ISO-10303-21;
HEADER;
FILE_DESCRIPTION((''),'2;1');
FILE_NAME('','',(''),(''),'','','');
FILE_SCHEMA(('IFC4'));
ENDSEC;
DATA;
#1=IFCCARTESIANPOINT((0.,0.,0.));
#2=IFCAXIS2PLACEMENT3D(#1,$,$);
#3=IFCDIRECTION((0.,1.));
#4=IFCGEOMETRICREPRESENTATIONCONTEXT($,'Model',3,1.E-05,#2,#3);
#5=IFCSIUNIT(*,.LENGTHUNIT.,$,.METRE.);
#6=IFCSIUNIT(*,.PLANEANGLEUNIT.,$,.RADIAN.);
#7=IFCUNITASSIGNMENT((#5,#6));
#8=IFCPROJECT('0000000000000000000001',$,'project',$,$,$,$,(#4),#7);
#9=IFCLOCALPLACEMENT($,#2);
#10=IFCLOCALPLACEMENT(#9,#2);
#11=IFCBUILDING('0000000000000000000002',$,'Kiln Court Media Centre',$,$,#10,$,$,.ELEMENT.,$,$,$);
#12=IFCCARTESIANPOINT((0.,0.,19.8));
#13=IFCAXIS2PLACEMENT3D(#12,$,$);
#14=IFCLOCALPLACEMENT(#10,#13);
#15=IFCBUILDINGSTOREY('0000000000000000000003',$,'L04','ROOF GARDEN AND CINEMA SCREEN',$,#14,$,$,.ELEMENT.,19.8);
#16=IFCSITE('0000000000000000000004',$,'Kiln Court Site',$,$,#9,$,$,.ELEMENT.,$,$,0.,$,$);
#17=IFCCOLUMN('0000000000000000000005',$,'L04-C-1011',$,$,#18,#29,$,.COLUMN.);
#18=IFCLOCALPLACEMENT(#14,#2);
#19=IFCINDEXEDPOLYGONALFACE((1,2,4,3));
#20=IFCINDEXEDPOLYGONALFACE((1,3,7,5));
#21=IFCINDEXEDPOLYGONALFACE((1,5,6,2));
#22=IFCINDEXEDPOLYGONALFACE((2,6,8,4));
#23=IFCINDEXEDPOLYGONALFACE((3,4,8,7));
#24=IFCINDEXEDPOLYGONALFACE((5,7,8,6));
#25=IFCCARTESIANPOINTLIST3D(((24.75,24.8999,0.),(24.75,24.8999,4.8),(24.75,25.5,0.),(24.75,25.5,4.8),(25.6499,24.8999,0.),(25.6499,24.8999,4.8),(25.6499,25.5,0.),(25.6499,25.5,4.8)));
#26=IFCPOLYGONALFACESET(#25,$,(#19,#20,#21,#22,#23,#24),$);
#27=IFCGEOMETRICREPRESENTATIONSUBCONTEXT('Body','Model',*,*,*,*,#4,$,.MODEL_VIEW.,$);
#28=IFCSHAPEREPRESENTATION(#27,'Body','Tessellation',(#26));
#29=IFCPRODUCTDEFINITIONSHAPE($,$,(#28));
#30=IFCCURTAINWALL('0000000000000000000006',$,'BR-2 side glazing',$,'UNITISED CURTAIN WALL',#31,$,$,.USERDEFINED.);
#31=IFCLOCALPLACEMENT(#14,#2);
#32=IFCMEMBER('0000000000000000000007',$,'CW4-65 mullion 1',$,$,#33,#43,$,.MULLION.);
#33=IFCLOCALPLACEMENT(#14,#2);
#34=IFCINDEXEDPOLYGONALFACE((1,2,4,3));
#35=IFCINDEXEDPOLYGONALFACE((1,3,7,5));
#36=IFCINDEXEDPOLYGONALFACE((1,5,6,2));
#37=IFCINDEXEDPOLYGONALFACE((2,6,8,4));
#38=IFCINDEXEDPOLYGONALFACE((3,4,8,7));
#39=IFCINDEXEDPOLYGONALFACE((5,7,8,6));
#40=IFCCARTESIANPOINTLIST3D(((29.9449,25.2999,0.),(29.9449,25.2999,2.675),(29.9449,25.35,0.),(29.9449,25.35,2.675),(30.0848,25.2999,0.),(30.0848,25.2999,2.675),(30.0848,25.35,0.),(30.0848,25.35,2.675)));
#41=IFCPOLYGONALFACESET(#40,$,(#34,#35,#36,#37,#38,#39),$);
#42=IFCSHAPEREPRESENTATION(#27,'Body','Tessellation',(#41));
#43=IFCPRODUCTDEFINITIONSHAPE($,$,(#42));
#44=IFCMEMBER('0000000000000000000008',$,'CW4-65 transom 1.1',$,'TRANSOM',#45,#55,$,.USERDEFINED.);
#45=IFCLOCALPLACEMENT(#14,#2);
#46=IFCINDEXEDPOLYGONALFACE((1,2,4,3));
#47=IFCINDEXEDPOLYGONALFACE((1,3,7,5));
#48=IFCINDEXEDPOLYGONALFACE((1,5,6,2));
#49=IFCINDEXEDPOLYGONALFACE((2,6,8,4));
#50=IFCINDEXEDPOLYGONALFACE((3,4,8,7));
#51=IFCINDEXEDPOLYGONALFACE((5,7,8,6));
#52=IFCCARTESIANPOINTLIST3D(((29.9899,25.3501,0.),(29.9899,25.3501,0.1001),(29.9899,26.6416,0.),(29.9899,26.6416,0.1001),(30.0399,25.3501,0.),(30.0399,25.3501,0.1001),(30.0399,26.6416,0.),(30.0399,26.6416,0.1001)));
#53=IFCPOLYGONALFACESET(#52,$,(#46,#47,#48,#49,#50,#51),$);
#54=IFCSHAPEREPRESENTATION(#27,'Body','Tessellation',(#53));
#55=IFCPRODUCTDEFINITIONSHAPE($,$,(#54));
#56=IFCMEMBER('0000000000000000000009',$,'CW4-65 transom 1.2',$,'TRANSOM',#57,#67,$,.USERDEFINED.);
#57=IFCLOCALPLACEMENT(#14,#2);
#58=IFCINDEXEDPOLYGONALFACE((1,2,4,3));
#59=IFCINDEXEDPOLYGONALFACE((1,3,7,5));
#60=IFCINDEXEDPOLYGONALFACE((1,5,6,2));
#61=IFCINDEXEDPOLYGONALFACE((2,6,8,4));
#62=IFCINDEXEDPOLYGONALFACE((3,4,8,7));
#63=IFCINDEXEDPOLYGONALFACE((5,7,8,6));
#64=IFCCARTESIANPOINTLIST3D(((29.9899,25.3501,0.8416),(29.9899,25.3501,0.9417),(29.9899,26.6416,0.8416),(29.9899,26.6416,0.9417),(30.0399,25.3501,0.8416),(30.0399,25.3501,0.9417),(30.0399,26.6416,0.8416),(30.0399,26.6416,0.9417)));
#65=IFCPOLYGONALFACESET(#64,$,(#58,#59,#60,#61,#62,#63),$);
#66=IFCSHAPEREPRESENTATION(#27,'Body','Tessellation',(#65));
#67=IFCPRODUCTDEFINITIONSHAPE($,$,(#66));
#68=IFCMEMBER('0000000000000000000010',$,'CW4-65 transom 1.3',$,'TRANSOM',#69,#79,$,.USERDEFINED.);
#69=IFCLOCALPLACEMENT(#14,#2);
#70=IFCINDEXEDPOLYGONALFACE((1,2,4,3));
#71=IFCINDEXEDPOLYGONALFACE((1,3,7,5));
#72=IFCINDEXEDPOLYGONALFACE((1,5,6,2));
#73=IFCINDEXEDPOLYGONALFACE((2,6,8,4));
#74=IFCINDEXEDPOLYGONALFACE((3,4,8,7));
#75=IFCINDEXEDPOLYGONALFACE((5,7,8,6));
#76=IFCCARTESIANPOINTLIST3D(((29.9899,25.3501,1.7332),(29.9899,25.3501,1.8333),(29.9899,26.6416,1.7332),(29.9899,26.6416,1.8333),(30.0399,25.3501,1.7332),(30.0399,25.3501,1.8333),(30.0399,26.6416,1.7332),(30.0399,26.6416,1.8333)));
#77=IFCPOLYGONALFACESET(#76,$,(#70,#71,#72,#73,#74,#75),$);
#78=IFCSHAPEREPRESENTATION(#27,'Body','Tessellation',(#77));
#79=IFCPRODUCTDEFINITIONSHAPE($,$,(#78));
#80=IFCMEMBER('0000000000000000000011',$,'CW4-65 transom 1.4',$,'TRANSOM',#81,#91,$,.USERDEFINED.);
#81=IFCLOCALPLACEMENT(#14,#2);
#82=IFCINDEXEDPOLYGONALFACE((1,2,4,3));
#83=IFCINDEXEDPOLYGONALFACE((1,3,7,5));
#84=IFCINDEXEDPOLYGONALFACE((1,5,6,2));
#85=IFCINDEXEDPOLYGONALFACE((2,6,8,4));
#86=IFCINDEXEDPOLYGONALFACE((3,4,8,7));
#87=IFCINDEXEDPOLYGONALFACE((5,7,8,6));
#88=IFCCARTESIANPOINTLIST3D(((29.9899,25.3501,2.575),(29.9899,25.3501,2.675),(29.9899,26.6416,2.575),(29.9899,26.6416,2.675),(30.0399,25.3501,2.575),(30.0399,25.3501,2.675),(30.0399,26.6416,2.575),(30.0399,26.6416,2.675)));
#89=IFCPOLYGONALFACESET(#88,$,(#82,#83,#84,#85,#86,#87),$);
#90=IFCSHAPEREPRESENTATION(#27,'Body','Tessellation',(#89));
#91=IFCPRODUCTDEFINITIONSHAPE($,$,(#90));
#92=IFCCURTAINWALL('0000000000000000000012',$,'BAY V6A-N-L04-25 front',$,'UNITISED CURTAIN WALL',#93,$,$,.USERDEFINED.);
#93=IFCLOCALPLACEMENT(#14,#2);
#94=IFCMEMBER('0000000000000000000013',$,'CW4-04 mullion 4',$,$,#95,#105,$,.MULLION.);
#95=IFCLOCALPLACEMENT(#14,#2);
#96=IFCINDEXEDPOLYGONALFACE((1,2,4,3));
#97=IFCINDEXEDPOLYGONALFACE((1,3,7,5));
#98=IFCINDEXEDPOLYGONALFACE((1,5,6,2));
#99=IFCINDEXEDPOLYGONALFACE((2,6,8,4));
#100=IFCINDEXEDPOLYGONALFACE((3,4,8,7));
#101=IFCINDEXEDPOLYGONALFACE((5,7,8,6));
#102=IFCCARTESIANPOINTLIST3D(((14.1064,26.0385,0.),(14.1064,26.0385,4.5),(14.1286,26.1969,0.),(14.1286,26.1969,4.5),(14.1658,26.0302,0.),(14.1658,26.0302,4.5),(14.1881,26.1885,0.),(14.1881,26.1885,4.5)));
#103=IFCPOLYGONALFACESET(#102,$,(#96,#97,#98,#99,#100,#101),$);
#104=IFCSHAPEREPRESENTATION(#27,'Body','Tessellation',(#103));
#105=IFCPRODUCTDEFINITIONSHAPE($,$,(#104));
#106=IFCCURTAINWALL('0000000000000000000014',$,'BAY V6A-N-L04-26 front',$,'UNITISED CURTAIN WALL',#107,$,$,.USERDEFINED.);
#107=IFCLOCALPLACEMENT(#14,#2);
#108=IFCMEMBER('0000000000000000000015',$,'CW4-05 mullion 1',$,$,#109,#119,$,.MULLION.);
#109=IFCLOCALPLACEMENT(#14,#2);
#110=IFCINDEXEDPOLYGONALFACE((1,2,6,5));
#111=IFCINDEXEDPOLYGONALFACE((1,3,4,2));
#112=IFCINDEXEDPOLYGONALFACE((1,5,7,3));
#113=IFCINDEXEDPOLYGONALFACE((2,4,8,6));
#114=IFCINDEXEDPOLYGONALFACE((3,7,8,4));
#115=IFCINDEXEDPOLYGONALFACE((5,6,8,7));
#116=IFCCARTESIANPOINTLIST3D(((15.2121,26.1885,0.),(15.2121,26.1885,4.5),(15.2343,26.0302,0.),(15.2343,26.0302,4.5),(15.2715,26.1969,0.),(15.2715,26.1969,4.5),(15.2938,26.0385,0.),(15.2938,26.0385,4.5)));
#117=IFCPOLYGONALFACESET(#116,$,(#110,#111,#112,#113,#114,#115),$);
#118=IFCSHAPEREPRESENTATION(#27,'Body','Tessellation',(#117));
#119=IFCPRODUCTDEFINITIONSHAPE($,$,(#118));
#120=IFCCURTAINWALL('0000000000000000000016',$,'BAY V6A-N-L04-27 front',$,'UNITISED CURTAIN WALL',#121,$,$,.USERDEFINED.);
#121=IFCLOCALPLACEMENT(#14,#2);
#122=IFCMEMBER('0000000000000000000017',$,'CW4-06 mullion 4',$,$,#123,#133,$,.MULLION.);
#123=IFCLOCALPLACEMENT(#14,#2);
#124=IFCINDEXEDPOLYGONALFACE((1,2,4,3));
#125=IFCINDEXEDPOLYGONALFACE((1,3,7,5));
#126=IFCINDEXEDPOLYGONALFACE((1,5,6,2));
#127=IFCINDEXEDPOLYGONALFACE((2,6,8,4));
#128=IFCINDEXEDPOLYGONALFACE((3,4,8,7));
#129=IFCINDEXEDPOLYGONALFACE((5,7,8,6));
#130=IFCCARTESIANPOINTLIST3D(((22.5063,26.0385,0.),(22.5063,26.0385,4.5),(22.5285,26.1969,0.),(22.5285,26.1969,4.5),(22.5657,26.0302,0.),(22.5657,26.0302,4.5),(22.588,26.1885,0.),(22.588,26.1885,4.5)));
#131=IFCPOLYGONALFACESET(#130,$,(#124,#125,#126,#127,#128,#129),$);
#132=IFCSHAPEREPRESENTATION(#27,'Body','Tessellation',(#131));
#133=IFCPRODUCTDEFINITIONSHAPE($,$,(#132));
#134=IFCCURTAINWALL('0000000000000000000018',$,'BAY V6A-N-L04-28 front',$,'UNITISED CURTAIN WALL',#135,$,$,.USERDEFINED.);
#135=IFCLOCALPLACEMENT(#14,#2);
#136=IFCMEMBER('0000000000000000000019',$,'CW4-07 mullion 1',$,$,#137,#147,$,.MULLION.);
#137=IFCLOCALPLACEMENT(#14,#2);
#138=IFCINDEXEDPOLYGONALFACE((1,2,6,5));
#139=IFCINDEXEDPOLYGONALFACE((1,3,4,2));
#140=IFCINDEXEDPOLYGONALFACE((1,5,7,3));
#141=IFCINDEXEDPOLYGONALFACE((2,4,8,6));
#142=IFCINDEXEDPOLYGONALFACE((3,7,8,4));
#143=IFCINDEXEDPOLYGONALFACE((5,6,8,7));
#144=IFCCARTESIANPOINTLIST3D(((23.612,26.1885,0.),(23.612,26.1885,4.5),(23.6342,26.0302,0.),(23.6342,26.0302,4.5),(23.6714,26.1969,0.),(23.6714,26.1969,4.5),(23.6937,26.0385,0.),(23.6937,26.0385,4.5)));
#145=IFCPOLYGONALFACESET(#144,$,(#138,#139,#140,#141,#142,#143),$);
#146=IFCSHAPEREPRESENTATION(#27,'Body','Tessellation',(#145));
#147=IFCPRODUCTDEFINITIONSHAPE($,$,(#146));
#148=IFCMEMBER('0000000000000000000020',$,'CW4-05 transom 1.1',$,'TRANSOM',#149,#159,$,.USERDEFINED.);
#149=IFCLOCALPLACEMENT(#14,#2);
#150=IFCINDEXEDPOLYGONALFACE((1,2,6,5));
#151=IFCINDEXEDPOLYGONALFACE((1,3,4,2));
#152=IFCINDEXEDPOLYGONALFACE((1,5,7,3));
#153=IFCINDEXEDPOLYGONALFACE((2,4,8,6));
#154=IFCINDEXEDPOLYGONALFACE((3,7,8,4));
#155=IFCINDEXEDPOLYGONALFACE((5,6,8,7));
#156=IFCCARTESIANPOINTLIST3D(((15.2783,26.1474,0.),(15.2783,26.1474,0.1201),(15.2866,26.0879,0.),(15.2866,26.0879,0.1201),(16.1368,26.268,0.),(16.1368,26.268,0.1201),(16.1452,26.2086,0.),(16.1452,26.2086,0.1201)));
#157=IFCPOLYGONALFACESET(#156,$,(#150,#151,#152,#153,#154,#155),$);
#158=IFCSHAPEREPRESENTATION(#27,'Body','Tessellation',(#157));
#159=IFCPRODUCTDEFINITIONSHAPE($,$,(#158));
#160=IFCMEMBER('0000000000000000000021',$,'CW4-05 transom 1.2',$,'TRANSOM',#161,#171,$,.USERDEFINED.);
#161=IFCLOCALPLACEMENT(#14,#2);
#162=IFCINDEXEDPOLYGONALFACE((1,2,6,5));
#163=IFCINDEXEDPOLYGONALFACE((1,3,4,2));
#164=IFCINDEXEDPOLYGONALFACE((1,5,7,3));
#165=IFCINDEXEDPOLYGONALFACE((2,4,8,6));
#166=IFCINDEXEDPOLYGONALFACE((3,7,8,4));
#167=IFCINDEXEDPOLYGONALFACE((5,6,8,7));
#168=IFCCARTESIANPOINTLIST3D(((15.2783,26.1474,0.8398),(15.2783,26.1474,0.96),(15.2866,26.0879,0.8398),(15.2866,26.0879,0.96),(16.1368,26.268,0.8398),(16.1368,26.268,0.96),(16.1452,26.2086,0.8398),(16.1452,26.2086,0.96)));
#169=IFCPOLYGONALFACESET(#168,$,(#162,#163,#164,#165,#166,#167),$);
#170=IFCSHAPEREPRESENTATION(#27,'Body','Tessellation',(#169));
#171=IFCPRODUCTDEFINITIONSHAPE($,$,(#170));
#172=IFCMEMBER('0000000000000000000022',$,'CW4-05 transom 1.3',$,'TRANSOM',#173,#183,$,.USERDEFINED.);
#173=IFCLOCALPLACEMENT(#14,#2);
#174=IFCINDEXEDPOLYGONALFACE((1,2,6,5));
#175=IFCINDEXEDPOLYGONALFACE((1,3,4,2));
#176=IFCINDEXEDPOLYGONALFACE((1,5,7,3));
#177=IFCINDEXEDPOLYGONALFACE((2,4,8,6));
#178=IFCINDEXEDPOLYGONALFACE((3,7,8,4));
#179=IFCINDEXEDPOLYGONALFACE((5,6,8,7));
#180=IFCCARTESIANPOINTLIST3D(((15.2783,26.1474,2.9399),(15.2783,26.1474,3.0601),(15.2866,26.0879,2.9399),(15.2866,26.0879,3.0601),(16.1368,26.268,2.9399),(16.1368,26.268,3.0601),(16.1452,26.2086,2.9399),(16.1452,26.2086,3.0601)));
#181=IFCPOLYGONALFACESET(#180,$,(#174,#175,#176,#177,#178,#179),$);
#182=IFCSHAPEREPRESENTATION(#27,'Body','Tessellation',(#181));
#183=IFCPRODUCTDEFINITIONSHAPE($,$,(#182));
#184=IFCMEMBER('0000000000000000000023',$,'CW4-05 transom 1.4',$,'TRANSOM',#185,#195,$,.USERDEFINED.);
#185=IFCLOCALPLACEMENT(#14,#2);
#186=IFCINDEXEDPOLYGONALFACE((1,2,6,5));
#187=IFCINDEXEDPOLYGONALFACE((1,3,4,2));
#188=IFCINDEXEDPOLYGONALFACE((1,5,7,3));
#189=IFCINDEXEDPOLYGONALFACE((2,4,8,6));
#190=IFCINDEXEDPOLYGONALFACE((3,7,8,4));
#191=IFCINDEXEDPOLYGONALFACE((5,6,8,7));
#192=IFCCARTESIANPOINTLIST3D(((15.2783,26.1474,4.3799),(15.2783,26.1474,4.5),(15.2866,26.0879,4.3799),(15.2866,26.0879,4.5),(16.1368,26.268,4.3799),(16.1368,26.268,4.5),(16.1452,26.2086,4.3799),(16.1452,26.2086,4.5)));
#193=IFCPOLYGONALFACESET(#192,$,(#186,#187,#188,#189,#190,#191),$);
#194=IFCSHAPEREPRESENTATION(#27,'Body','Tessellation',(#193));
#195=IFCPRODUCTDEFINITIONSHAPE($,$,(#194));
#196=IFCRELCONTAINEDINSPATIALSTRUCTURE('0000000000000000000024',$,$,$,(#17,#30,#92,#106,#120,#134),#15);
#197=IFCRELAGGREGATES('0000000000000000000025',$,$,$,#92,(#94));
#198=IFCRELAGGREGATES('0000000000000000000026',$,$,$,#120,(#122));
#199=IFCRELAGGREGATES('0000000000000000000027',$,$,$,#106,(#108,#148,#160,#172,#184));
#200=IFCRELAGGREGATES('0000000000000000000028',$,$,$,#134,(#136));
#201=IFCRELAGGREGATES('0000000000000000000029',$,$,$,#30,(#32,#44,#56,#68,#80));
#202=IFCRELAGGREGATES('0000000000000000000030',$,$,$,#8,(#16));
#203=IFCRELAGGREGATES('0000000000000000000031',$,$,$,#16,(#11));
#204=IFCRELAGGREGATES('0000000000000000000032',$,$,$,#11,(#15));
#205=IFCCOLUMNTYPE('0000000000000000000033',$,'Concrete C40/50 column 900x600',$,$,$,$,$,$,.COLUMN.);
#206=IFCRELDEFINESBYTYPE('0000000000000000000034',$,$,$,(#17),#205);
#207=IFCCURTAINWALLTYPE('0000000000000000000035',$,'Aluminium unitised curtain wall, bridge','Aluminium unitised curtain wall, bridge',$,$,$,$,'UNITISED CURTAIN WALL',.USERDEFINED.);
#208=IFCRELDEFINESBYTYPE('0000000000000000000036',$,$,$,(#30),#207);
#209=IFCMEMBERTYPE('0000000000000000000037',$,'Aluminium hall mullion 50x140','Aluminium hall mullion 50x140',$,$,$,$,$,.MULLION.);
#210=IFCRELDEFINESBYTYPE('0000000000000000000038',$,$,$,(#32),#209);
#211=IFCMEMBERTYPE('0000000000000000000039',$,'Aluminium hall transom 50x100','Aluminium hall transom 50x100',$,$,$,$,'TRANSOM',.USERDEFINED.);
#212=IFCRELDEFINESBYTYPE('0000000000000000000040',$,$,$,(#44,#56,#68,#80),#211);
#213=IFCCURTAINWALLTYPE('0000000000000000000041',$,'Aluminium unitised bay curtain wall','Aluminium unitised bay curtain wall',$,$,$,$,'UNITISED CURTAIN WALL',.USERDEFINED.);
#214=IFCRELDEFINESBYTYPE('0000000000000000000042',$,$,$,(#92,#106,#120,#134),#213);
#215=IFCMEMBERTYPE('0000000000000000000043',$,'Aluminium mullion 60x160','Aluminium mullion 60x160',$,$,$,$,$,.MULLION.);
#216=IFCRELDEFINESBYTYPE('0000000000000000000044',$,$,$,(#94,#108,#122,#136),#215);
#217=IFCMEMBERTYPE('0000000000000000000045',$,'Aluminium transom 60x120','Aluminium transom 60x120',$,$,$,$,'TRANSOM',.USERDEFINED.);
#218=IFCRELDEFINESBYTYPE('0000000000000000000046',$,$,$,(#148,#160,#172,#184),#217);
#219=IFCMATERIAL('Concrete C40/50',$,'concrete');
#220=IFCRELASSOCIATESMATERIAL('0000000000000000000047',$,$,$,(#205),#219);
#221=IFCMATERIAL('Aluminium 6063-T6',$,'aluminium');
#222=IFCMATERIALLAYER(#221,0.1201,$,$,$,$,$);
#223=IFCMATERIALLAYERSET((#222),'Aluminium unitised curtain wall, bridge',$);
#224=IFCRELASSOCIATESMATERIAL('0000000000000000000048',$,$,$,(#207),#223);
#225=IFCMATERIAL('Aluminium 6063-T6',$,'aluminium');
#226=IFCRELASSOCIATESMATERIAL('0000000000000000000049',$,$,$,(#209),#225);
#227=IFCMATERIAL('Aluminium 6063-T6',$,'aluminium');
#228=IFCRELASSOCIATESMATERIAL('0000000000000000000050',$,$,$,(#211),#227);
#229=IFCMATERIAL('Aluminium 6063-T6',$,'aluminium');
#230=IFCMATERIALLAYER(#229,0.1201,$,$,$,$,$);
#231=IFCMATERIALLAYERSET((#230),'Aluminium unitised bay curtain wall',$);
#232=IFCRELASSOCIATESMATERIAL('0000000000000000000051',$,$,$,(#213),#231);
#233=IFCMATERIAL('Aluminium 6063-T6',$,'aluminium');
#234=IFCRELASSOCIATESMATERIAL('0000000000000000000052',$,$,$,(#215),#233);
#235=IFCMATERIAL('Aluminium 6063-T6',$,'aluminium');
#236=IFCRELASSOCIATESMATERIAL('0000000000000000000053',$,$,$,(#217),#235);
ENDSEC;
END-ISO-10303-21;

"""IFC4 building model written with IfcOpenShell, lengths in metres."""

from ifc_helpers import new_model, si_unit, direction, frame, origin, origin_2d, place, context, subcontext, project, spatial, rectangle, extrude, material, layer, layer_set, material_profile, profile_set, type_object, element, aggregate, save


model = new_model("IFC4")

# Units and contexts
model_context = context("Model", 3, precision=1e-05, world=origin(), true_north=direction((0.0, 1.0)))
body_context = subcontext(model_context, "Body", "Model", "MODEL_VIEW")
ifc_project = project(units=[si_unit("LENGTHUNIT", "METRE"), si_unit("PLANEANGLEUNIT", "RADIAN")], contexts=[model_context])

# Site, building, storey
site_placement = place(None, origin())
site = spatial("IfcSite", under=ifc_project, at=site_placement, Name="Kiln Court Site", CompositionType="ELEMENT", RefElevation=0.0)
building_placement = place(site_placement, origin())
building = spatial("IfcBuilding", under=site, at=building_placement, Name="Kiln Court Media Centre", CompositionType="ELEMENT")
storey_placement = place(building_placement, frame((0.0, 0.0, 19.8)))
storey = spatial("IfcBuildingStorey", under=building, at=storey_placement, Name="L04", Description="ROOF GARDEN AND CINEMA SCREEN", CompositionType="ELEMENT", Elevation=19.8)

# Column
ifc_material_1 = material(Name="Concrete C40/50", Category="concrete")
ifc_material_profile_1 = material_profile(ifc_material_1, rectangle(XDim=0.8999, YDim=0.6001, at=origin_2d()), Name="RC 900x600")
ifc_profile_set_1 = profile_set([ifc_material_profile_1], Name="Concrete C40/50")
column_type = type_object("IfcColumnType", Name="Concrete C40/50 column 900x600", PredefinedType="COLUMN", material=ifc_profile_set_1)
column_placement = place(storey_placement, frame((25.2, 25.2, 0.0), z_axis=(0.0, 0.0, 1.0), x_axis=(1.0, 0.0, 0.0)))
element("IfcColumn", 1, at=column_placement, inside=storey, type_object=column_type, Name="L04-C-1011", PredefinedType="COLUMN", context=body_context, shape_type="SweptSolid", body=[
    extrude(rectangle(XDim=0.8999, YDim=0.6001, at=origin_2d()), origin(), (0.0, 0.0, 1.0), 4.8),
])

# Curtain wall, members
ifc_material_2 = material(Name="Aluminium 6063-T6", Category="aluminium")
ifc_layer_1 = layer(ifc_material_2, 0.1201)
ifc_layer_set_1 = layer_set([ifc_layer_1], Name="Aluminium unitised curtain wall, bridge")
curtain_wall_type_1 = type_object("IfcCurtainWallType", Name="Aluminium unitised curtain wall, bridge", Description="Aluminium unitised curtain wall, bridge", ElementType="UNITISED CURTAIN WALL", PredefinedType="USERDEFINED", material=ifc_layer_set_1)
curtain_wall_1_placement = place(storey_placement, origin())
curtain_wall_1 = element("IfcCurtainWall", 2, at=curtain_wall_1_placement, inside=storey, type_object=curtain_wall_type_1, Name="BR-2 side glazing", ObjectType="UNITISED CURTAIN WALL", PredefinedType="USERDEFINED")
ifc_material_3 = material(Name="Aluminium 6063-T6", Category="aluminium")
ifc_material_profile_2 = material_profile(ifc_material_3, rectangle(XDim=0.05, YDim=0.1399, at=origin_2d()), Name="Aluminium hall mullion 50x140")
ifc_profile_set_2 = profile_set([ifc_material_profile_2], Name="Aluminium 6063-T6")
member_type_1 = type_object("IfcMemberType", Name="Aluminium hall mullion 50x140", Description="Aluminium hall mullion 50x140", PredefinedType="MULLION", material=ifc_profile_set_2)
member_1_placement = place(storey_placement, frame((30.0149, 25.325, 0.0), z_axis=(0.0, 0.0, 1.0), x_axis=(0.0, 1.0, 0.0)))
member_1 = element("IfcMember", 3, at=member_1_placement, type_object=member_type_1, Name="CW4-65 mullion 1", PredefinedType="MULLION", context=body_context, shape_type="SweptSolid", body=[
    extrude(rectangle(XDim=0.05, YDim=0.1399, at=origin_2d()), origin(), (0.0, 0.0, 1.0), 2.675),
])
ifc_material_4 = material(Name="Aluminium 6063-T6", Category="aluminium")
ifc_material_profile_3 = material_profile(ifc_material_4, rectangle(XDim=0.05, YDim=0.1001, at=origin_2d()), Name="Aluminium hall transom 50x100")
ifc_profile_set_3 = profile_set([ifc_material_profile_3], Name="Aluminium 6063-T6")
member_type_2 = type_object("IfcMemberType", Name="Aluminium hall transom 50x100", Description="Aluminium hall transom 50x100", ElementType="TRANSOM", PredefinedType="USERDEFINED", material=ifc_profile_set_3)
member_2_placement = place(storey_placement, frame((30.0149, 25.3501, 0.05), z_axis=(0.0, 1.0, 0.0), x_axis=(-1.0, 0.0, 0.0)))
member_2 = element("IfcMember", 4, at=member_2_placement, type_object=member_type_2, Name="CW4-65 transom 1.1", ObjectType="TRANSOM", PredefinedType="USERDEFINED", context=body_context, shape_type="SweptSolid", body=[
    extrude(rectangle(XDim=0.05, YDim=0.1001, at=origin_2d()), origin(), (0.0, 0.0, 1.0), 1.2915),
])
member_3_placement = place(storey_placement, frame((30.0149, 25.3501, 0.8916), z_axis=(0.0, 1.0, 0.0), x_axis=(-1.0, 0.0, 0.0)))
member_3 = element("IfcMember", 5, at=member_3_placement, type_object=member_type_2, Name="CW4-65 transom 1.2", ObjectType="TRANSOM", PredefinedType="USERDEFINED", context=body_context, shape_type="SweptSolid", body=[
    extrude(rectangle(XDim=0.05, YDim=0.1001, at=origin_2d()), origin(), (0.0, 0.0, 1.0), 1.2915),
])
member_4_placement = place(storey_placement, frame((30.0149, 25.3501, 1.7832), z_axis=(0.0, 1.0, 0.0), x_axis=(-1.0, 0.0, 0.0)))
member_4 = element("IfcMember", 6, at=member_4_placement, type_object=member_type_2, Name="CW4-65 transom 1.3", ObjectType="TRANSOM", PredefinedType="USERDEFINED", context=body_context, shape_type="SweptSolid", body=[
    extrude(rectangle(XDim=0.05, YDim=0.1001, at=origin_2d()), origin(), (0.0, 0.0, 1.0), 1.2915),
])
member_5_placement = place(storey_placement, frame((30.0149, 25.3501, 2.625), z_axis=(0.0, 1.0, 0.0), x_axis=(-1.0, 0.0, 0.0)))
member_5 = element("IfcMember", 7, at=member_5_placement, type_object=member_type_2, Name="CW4-65 transom 1.4", ObjectType="TRANSOM", PredefinedType="USERDEFINED", context=body_context, shape_type="SweptSolid", body=[
    extrude(rectangle(XDim=0.05, YDim=0.1001, at=origin_2d()), origin(), (0.0, 0.0, 1.0), 1.2915),
])

# Curtain walls, members
ifc_material_5 = material(Name="Aluminium 6063-T6", Category="aluminium")
ifc_layer_2 = layer(ifc_material_5, 0.1201)
ifc_layer_set_2 = layer_set([ifc_layer_2], Name="Aluminium unitised bay curtain wall")
curtain_wall_type_2 = type_object("IfcCurtainWallType", Name="Aluminium unitised bay curtain wall", Description="Aluminium unitised bay curtain wall", ElementType="UNITISED CURTAIN WALL", PredefinedType="USERDEFINED", material=ifc_layer_set_2)
curtain_wall_2_placement = place(storey_placement, origin())
curtain_wall_2 = element("IfcCurtainWall", 8, at=curtain_wall_2_placement, inside=storey, type_object=curtain_wall_type_2, Name="BAY V6A-N-L04-25 front", ObjectType="UNITISED CURTAIN WALL", PredefinedType="USERDEFINED")
ifc_material_6 = material(Name="Aluminium 6063-T6", Category="aluminium")
ifc_material_profile_4 = material_profile(ifc_material_6, rectangle(XDim=0.0601, YDim=0.1599, at=origin_2d()), Name="Aluminium mullion 60x160")
ifc_profile_set_4 = profile_set([ifc_material_profile_4], Name="Aluminium 6063-T6")
member_type_3 = type_object("IfcMemberType", Name="Aluminium mullion 60x160", Description="Aluminium mullion 60x160", PredefinedType="MULLION", material=ifc_profile_set_4)
member_6_placement = place(storey_placement, frame((14.1472, 26.1135, 0.0), z_axis=(0.0, 0.0, 1.0), x_axis=(0.99027, -0.139162, 0.0)))
member_6 = element("IfcMember", 9, at=member_6_placement, type_object=member_type_3, Name="CW4-04 mullion 4", PredefinedType="MULLION", context=body_context, shape_type="SweptSolid", body=[
    extrude(rectangle(XDim=0.0601, YDim=0.1599, at=origin_2d()), origin(), (0.0, 0.0, 1.0), 4.5),
])
aggregate(curtain_wall_2, [member_6])
curtain_wall_3_placement = place(storey_placement, origin())
curtain_wall_3 = element("IfcCurtainWall", 10, at=curtain_wall_3_placement, inside=storey, type_object=curtain_wall_type_2, Name="BAY V6A-N-L04-26 front", ObjectType="UNITISED CURTAIN WALL", PredefinedType="USERDEFINED")
member_7_placement = place(storey_placement, frame((15.2529, 26.1135, 0.0), z_axis=(0.0, 0.0, 1.0), x_axis=(0.99027, 0.139162, 0.0)))
member_7 = element("IfcMember", 11, at=member_7_placement, type_object=member_type_3, Name="CW4-05 mullion 1", PredefinedType="MULLION", context=body_context, shape_type="SweptSolid", body=[
    extrude(rectangle(XDim=0.0601, YDim=0.1599, at=origin_2d()), origin(), (0.0, 0.0, 1.0), 4.5),
])
curtain_wall_4_placement = place(storey_placement, origin())
curtain_wall_4 = element("IfcCurtainWall", 12, at=curtain_wall_4_placement, inside=storey, type_object=curtain_wall_type_2, Name="BAY V6A-N-L04-27 front", ObjectType="UNITISED CURTAIN WALL", PredefinedType="USERDEFINED")
member_8_placement = place(storey_placement, frame((22.5471, 26.1135, 0.0), z_axis=(0.0, 0.0, 1.0), x_axis=(0.99027, -0.139162, 0.0)))
member_8 = element("IfcMember", 13, at=member_8_placement, type_object=member_type_3, Name="CW4-06 mullion 4", PredefinedType="MULLION", context=body_context, shape_type="SweptSolid", body=[
    extrude(rectangle(XDim=0.0601, YDim=0.1599, at=origin_2d()), origin(), (0.0, 0.0, 1.0), 4.5),
])
aggregate(curtain_wall_4, [member_8])
curtain_wall_5_placement = place(storey_placement, origin())
curtain_wall_5 = element("IfcCurtainWall", 14, at=curtain_wall_5_placement, inside=storey, type_object=curtain_wall_type_2, Name="BAY V6A-N-L04-28 front", ObjectType="UNITISED CURTAIN WALL", PredefinedType="USERDEFINED")
member_9_placement = place(storey_placement, frame((23.6528, 26.1135, 0.0), z_axis=(0.0, 0.0, 1.0), x_axis=(0.99027, 0.139162, 0.0)))
member_9 = element("IfcMember", 15, at=member_9_placement, type_object=member_type_3, Name="CW4-07 mullion 1", PredefinedType="MULLION", context=body_context, shape_type="SweptSolid", body=[
    extrude(rectangle(XDim=0.0601, YDim=0.1599, at=origin_2d()), origin(), (0.0, 0.0, 1.0), 4.5),
])

# Members
ifc_material_7 = material(Name="Aluminium 6063-T6", Category="aluminium")
ifc_material_profile_5 = material_profile(ifc_material_7, rectangle(XDim=0.0601, YDim=0.1201, at=origin_2d()), Name="Aluminium transom 60x120")
ifc_profile_set_5 = profile_set([ifc_material_profile_5], Name="Aluminium 6063-T6")
member_type_4 = type_object("IfcMemberType", Name="Aluminium transom 60x120", Description="Aluminium transom 60x120", ElementType="TRANSOM", PredefinedType="USERDEFINED", material=ifc_profile_set_5)
member_10_placement = place(storey_placement, frame((15.2825, 26.1177, 0.0601), z_axis=(0.990274, 0.139134, 0.0), x_axis=(-0.139134, 0.990274, 0.0)))
member_10 = element("IfcMember", 16, at=member_10_placement, type_object=member_type_4, Name="CW4-05 transom 1.1", ObjectType="TRANSOM", PredefinedType="USERDEFINED", context=body_context, shape_type="SweptSolid", body=[
    extrude(rectangle(XDim=0.0601, YDim=0.1201, at=origin_2d()), origin(), (0.0, 0.0, 1.0), 0.8669),
])
member_11_placement = place(storey_placement, frame((15.2825, 26.1177, 0.8999), z_axis=(0.990274, 0.139134, 0.0), x_axis=(-0.139134, 0.990274, 0.0)))
member_11 = element("IfcMember", 17, at=member_11_placement, type_object=member_type_4, Name="CW4-05 transom 1.2", ObjectType="TRANSOM", PredefinedType="USERDEFINED", context=body_context, shape_type="SweptSolid", body=[
    extrude(rectangle(XDim=0.0601, YDim=0.1201, at=origin_2d()), origin(), (0.0, 0.0, 1.0), 0.8669),
])
member_12_placement = place(storey_placement, frame((15.2825, 26.1177, 3.0), z_axis=(0.990274, 0.139134, 0.0), x_axis=(-0.139134, 0.990274, 0.0)))
member_12 = element("IfcMember", 18, at=member_12_placement, type_object=member_type_4, Name="CW4-05 transom 1.3", ObjectType="TRANSOM", PredefinedType="USERDEFINED", context=body_context, shape_type="SweptSolid", body=[
    extrude(rectangle(XDim=0.0601, YDim=0.1201, at=origin_2d()), origin(), (0.0, 0.0, 1.0), 0.8669),
])
member_13_placement = place(storey_placement, frame((15.2825, 26.1177, 4.4399), z_axis=(0.990274, 0.139134, 0.0), x_axis=(-0.139134, 0.990274, 0.0)))
member_13 = element("IfcMember", 19, at=member_13_placement, type_object=member_type_4, Name="CW4-05 transom 1.4", ObjectType="TRANSOM", PredefinedType="USERDEFINED", context=body_context, shape_type="SweptSolid", body=[
    extrude(rectangle(XDim=0.0601, YDim=0.1201, at=origin_2d()), origin(), (0.0, 0.0, 1.0), 0.8669),
])
aggregate(curtain_wall_3, [member_7, member_10, member_11, member_12, member_13])
aggregate(curtain_wall_5, [member_9])

aggregate(curtain_wall_1, [member_1, member_2, member_3, member_4, member_5])

save(model, "model.ifc")
